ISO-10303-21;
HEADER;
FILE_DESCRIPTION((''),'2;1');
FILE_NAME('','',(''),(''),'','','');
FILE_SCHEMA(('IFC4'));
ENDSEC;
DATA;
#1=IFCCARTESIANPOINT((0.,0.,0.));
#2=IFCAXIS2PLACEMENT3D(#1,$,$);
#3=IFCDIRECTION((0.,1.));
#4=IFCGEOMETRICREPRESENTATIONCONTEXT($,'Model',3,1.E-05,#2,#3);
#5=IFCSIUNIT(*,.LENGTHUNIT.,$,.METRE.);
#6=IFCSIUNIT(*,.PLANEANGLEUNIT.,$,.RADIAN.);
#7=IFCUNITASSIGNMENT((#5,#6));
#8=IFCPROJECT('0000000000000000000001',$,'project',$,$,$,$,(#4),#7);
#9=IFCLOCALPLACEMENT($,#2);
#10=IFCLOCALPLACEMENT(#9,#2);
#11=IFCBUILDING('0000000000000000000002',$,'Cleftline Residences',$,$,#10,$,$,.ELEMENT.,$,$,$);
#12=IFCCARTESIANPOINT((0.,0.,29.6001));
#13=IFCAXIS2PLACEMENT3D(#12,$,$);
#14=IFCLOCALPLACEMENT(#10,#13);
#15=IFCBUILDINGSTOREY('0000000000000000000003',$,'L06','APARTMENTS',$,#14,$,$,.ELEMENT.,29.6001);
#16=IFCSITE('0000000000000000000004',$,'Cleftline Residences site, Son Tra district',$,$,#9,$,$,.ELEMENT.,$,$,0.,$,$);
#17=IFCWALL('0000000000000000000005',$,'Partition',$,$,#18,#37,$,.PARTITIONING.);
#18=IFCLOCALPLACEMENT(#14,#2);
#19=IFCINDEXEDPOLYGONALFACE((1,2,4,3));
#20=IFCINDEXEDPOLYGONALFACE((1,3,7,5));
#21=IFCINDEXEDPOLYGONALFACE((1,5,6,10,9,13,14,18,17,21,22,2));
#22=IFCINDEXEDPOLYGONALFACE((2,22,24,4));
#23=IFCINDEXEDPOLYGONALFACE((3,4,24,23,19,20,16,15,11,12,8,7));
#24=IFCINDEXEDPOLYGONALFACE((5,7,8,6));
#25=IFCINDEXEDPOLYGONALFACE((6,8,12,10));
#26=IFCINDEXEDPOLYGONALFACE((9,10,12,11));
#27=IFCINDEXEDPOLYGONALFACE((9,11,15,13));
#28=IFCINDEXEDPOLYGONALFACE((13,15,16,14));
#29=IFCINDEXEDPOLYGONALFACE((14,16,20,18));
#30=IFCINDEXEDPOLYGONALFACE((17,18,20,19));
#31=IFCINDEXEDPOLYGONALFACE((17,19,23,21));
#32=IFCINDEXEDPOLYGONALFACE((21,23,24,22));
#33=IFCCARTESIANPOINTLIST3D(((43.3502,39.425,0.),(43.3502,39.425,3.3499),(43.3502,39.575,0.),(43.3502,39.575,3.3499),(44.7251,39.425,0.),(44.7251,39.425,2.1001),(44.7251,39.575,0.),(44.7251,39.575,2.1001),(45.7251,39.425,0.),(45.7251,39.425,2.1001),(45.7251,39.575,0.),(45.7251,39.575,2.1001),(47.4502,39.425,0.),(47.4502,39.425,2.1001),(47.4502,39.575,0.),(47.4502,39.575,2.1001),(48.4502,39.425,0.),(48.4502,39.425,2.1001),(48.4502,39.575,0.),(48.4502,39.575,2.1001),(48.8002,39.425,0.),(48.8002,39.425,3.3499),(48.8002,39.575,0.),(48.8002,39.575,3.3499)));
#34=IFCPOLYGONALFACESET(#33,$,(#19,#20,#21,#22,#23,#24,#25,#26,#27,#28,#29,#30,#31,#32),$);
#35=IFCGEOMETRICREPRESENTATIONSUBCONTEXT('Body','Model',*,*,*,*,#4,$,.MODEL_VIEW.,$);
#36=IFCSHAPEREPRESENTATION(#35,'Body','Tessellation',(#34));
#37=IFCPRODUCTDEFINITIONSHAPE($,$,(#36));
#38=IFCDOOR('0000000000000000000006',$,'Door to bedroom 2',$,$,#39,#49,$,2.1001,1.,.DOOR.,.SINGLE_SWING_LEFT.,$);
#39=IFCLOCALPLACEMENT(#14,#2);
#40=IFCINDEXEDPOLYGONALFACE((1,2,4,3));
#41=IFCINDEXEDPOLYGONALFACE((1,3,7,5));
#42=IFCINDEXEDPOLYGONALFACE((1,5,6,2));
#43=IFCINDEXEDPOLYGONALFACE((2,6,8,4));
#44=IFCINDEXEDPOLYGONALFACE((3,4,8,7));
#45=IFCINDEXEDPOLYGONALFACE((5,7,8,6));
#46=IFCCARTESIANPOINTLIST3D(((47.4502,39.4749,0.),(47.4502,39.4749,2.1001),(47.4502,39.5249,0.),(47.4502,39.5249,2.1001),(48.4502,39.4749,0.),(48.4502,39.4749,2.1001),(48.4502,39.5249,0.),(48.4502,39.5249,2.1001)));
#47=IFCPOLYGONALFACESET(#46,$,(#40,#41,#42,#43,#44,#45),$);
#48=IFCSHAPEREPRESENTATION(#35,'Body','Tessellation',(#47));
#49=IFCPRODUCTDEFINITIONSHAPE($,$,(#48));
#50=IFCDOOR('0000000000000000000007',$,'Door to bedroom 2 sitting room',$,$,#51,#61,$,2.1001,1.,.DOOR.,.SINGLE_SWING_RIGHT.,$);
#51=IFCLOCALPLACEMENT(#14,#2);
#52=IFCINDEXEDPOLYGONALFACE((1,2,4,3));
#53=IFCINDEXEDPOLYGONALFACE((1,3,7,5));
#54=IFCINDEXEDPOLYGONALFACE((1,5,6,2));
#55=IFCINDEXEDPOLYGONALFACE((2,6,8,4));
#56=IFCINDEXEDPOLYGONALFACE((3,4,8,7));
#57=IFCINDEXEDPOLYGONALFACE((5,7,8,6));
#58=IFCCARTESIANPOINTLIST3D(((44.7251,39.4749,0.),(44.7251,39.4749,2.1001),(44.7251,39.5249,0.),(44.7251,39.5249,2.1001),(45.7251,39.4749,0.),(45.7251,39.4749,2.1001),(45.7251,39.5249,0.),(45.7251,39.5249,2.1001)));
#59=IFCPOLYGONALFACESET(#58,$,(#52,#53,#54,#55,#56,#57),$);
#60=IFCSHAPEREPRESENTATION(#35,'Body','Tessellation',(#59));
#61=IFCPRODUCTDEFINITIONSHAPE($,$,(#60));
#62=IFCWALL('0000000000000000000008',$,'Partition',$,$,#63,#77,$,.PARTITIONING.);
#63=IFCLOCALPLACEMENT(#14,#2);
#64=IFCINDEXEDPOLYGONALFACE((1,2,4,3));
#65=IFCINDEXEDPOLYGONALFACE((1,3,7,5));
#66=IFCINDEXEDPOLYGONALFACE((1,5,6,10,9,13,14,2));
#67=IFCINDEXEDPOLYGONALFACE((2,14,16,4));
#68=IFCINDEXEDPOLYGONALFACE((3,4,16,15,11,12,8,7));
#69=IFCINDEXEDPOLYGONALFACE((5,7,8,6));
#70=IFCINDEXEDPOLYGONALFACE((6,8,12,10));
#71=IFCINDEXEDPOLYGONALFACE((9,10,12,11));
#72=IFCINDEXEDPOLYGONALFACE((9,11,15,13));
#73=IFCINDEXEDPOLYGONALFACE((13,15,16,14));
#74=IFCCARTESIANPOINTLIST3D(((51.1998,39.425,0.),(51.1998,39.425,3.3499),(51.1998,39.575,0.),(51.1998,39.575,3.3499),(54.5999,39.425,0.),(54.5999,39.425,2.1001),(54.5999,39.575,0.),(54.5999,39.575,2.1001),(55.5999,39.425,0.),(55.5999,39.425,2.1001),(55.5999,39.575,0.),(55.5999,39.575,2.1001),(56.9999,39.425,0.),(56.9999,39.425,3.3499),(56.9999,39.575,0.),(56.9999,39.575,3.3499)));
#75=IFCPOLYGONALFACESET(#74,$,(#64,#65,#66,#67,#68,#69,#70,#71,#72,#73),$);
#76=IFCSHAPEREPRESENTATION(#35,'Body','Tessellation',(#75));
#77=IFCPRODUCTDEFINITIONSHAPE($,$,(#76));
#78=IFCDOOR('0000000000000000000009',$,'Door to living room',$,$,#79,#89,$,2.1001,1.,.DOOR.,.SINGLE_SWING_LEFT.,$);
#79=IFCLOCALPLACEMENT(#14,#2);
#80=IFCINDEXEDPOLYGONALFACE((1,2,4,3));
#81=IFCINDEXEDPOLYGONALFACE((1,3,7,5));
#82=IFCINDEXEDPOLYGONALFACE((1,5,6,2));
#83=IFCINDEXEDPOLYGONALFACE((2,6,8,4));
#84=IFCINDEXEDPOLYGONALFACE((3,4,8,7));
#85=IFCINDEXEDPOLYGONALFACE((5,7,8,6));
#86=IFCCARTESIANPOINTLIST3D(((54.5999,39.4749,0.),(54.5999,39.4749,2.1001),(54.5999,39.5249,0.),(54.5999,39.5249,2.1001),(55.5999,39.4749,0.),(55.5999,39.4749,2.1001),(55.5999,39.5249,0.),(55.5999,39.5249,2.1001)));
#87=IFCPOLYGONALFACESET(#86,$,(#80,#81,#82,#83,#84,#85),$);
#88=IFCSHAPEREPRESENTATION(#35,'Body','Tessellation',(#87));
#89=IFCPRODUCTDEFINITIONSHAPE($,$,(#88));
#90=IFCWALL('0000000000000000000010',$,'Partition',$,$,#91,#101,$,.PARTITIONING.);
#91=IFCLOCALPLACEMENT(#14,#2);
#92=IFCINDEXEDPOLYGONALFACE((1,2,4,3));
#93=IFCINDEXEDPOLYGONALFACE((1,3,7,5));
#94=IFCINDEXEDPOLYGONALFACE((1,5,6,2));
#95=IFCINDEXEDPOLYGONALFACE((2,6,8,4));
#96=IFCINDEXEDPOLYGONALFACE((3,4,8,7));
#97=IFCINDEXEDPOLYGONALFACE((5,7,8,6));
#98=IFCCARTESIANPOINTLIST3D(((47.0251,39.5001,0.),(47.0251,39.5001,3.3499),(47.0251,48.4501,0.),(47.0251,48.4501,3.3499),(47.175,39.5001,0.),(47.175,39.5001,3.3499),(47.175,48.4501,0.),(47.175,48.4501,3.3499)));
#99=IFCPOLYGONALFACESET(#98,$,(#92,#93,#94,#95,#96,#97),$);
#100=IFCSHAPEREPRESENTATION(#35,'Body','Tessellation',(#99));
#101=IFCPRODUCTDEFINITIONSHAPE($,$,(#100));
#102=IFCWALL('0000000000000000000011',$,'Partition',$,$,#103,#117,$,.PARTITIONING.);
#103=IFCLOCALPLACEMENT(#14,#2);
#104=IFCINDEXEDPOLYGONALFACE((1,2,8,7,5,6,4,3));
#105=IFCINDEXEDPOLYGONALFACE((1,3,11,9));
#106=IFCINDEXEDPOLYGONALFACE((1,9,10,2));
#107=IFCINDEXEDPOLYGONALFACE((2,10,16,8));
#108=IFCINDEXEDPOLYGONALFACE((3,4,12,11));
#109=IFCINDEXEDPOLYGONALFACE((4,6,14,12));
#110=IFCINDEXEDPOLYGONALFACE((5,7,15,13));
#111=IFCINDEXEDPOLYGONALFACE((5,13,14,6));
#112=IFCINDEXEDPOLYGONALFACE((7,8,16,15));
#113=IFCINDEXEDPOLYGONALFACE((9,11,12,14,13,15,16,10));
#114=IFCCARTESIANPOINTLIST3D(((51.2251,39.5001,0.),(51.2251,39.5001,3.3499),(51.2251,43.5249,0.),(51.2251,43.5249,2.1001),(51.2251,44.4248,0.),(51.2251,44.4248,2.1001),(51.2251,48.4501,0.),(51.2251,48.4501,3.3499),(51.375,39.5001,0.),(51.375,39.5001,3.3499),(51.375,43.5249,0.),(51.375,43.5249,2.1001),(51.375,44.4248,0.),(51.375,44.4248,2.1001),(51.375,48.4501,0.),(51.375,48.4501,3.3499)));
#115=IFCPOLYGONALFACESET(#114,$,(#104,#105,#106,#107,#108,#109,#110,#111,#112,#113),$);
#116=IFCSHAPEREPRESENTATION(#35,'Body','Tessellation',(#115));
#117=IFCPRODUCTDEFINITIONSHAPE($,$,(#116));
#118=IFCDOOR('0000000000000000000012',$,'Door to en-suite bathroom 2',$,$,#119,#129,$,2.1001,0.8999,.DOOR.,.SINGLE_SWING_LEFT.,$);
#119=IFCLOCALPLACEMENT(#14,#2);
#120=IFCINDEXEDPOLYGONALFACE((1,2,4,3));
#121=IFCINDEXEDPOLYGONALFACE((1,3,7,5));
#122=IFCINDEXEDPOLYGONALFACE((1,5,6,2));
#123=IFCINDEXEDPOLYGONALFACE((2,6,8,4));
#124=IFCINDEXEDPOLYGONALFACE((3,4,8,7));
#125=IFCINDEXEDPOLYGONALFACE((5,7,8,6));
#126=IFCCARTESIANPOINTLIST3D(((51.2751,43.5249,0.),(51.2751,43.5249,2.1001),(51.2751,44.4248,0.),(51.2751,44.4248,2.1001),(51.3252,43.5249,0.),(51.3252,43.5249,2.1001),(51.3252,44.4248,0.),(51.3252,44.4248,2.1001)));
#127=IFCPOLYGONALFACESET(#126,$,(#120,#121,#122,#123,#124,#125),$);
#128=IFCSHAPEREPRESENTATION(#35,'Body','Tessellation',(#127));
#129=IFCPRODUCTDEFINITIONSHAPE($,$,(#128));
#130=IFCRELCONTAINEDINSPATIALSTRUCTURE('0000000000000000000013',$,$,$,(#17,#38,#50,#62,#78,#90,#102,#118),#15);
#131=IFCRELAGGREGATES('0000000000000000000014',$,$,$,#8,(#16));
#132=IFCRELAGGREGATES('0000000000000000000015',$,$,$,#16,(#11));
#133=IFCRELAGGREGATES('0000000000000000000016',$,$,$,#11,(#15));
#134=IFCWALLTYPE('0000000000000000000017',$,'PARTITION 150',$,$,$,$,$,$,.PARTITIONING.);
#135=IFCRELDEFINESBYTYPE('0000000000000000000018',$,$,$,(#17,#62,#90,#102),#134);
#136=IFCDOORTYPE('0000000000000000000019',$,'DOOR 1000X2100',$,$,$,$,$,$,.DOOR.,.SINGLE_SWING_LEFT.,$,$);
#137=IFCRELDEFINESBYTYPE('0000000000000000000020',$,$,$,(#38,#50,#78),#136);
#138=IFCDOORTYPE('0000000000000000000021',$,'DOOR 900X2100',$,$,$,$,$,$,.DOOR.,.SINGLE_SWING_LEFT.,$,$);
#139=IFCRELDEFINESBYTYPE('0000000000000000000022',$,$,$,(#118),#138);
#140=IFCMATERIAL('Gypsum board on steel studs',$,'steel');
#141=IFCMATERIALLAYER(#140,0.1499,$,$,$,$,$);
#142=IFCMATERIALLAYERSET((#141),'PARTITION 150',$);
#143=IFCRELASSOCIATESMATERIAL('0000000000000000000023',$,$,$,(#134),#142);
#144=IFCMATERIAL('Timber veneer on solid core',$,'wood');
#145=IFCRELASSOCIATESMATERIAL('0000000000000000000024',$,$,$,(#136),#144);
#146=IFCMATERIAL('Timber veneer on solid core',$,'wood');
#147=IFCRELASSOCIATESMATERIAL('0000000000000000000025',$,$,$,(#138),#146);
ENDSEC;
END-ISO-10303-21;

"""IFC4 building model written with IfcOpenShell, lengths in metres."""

from ifc_helpers import new_model, si_unit, direction, frame, frame_2d, origin, place, context, subcontext, project, spatial, rectangle, extrude, material, layer, layer_set, type_object, element, fill, save


model = new_model("IFC4")

# Units and contexts
model_context = context("Model", 3, precision=1e-05, world=origin(), true_north=direction((0.0, 1.0)))
body_context = subcontext(model_context, "Body", "Model", "MODEL_VIEW")
ifc_project = project(units=[si_unit("LENGTHUNIT", "METRE"), si_unit("PLANEANGLEUNIT", "RADIAN")], contexts=[model_context])

# Site, building, storey
site_placement = place(None, origin())
site = spatial("IfcSite", under=ifc_project, at=site_placement, Name="Cleftline Residences site, Son Tra district", CompositionType="ELEMENT", RefElevation=0.0)
building_placement = place(site_placement, origin())
building = spatial("IfcBuilding", under=site, at=building_placement, Name="Cleftline Residences", CompositionType="ELEMENT")
storey_placement = place(building_placement, frame((0.0, 0.0, 29.6001)))
storey = spatial("IfcBuildingStorey", under=building, at=storey_placement, Name="L06", Description="APARTMENTS", CompositionType="ELEMENT", Elevation=29.6001)

# Shared definitions
ifc_material_1 = material(Name="Gypsum board on steel studs", Category="steel")
ifc_layer_1 = layer(ifc_material_1, 0.1499)
ifc_layer_set_1 = layer_set([ifc_layer_1], Name="PARTITION 150")
wall_type = type_object("IfcWallType", Name="PARTITION 150", PredefinedType="PARTITIONING", material=ifc_layer_set_1)

# Wall, openings, doors
wall_1_placement = place(storey_placement, frame((43.3501, 39.5, 0.0), z_axis=(0.0, 0.0, 1.0), x_axis=(1.0, 0.0, 0.0)))
wall_1 = element("IfcWall", 1, at=wall_1_placement, inside=storey, type_object=wall_type, Name="Partition", PredefinedType="PARTITIONING", context=body_context, shape_type="SweptSolid", body=[
    extrude(rectangle(XDim=5.45, YDim=0.1499, at=frame_2d((2.7251, 0.0))), origin(), (0.0, 0.0, 1.0), 3.3499),
])
opening_1_placement = place(wall_1_placement, frame((4.1001, 0.0, 0.0)))
opening_1 = element("IfcOpeningElement", 2, at=opening_1_placement, cuts=wall_1, PredefinedType="OPENING", context=body_context, shape_type="SweptSolid", body=[
    extrude(rectangle(XDim=1.0, YDim=2.1001, at=frame_2d((0.5, 1.05))), frame((0.0, 0.085, 0.0), z_axis=(0.0, -1.0, 0.0), x_axis=(1.0, 0.0, 0.0)), (0.0, 0.0, 1.0), 0.1699),
])
opening_2_placement = place(wall_1_placement, frame((1.375, 0.0, 0.0)))
opening_2 = element("IfcOpeningElement", 3, at=opening_2_placement, cuts=wall_1, PredefinedType="OPENING", context=body_context, shape_type="SweptSolid", body=[
    extrude(rectangle(XDim=1.0, YDim=2.1001, at=frame_2d((0.5, 1.05))), frame((0.0, 0.085, 0.0), z_axis=(0.0, -1.0, 0.0), x_axis=(1.0, 0.0, 0.0)), (0.0, 0.0, 1.0), 0.1699),
])
ifc_material_2 = material(Name="Timber veneer on solid core", Category="wood")
door_type_1 = type_object("IfcDoorType", Name="DOOR 1000X2100", OperationType="SINGLE_SWING_LEFT", PredefinedType="DOOR", material=ifc_material_2)
door_1_placement = place(opening_1_placement, origin())
door_1 = element("IfcDoor", 4, at=door_1_placement, inside=storey, type_object=door_type_1, Name="Door to bedroom 2", OperationType="SINGLE_SWING_LEFT", OverallHeight=2.1001, OverallWidth=1.0, PredefinedType="DOOR", context=body_context, shape_type="SweptSolid", body=[
    extrude(rectangle(XDim=1.0, YDim=2.1001, at=frame_2d((0.5, 1.05))), frame((0.0, 0.0249, 0.0), z_axis=(0.0, -1.0, 0.0), x_axis=(1.0, 0.0, 0.0)), (0.0, 0.0, 1.0), 0.05),
])
fill(opening_1, door_1)
door_2_placement = place(opening_2_placement, origin())
door_2 = element("IfcDoor", 5, at=door_2_placement, inside=storey, type_object=door_type_1, Name="Door to bedroom 2 sitting room", OperationType="SINGLE_SWING_RIGHT", OverallHeight=2.1001, OverallWidth=1.0, PredefinedType="DOOR", context=body_context, shape_type="SweptSolid", body=[
    extrude(rectangle(XDim=1.0, YDim=2.1001, at=frame_2d((0.5, 1.05))), frame((0.0, 0.0249, 0.0), z_axis=(0.0, -1.0, 0.0), x_axis=(1.0, 0.0, 0.0)), (0.0, 0.0, 1.0), 0.05),
])
fill(opening_2, door_2)

# Wall, opening, door
wall_2_placement = place(storey_placement, frame((51.2, 39.5, 0.0), z_axis=(0.0, 0.0, 1.0), x_axis=(1.0, 0.0, 0.0)))
wall_2 = element("IfcWall", 6, at=wall_2_placement, inside=storey, type_object=wall_type, Name="Partition", PredefinedType="PARTITIONING", context=body_context, shape_type="SweptSolid", body=[
    extrude(rectangle(XDim=5.8, YDim=0.1499, at=frame_2d((2.8999, 0.0))), origin(), (0.0, 0.0, 1.0), 3.3499),
])
opening_3_placement = place(wall_2_placement, frame((3.3999, 0.0, 0.0)))
opening_3 = element("IfcOpeningElement", 7, at=opening_3_placement, cuts=wall_2, PredefinedType="OPENING", context=body_context, shape_type="SweptSolid", body=[
    extrude(rectangle(XDim=1.0, YDim=2.1001, at=frame_2d((0.5, 1.05))), frame((0.0, 0.085, 0.0), z_axis=(0.0, -1.0, 0.0), x_axis=(1.0, 0.0, 0.0)), (0.0, 0.0, 1.0), 0.1699),
])
door_3_placement = place(opening_3_placement, origin())
door_3 = element("IfcDoor", 8, at=door_3_placement, inside=storey, type_object=door_type_1, Name="Door to living room", OperationType="SINGLE_SWING_LEFT", OverallHeight=2.1001, OverallWidth=1.0, PredefinedType="DOOR", context=body_context, shape_type="SweptSolid", body=[
    extrude(rectangle(XDim=1.0, YDim=2.1001, at=frame_2d((0.5, 1.05))), frame((0.0, 0.0249, 0.0), z_axis=(0.0, -1.0, 0.0), x_axis=(1.0, 0.0, 0.0)), (0.0, 0.0, 1.0), 0.05),
])
fill(opening_3, door_3)

# Wall
wall_3_placement = place(storey_placement, frame((47.1001, 39.5, 0.0), z_axis=(0.0, 0.0, 1.0), x_axis=(0.0, 1.0, 0.0)))
element("IfcWall", 9, at=wall_3_placement, inside=storey, type_object=wall_type, Name="Partition", PredefinedType="PARTITIONING", context=body_context, shape_type="SweptSolid", body=[
    extrude(rectangle(XDim=8.95, YDim=0.1499, at=frame_2d((4.4751, 0.0))), origin(), (0.0, 0.0, 1.0), 3.3499),
])

# Wall, opening, door
wall_4_placement = place(storey_placement, frame((51.3, 39.5, 0.0), z_axis=(0.0, 0.0, 1.0), x_axis=(0.0, 1.0, 0.0)))
wall_4 = element("IfcWall", 10, at=wall_4_placement, inside=storey, type_object=wall_type, Name="Partition", PredefinedType="PARTITIONING", context=body_context, shape_type="SweptSolid", body=[
    extrude(rectangle(XDim=8.95, YDim=0.1499, at=frame_2d((4.4751, 0.0))), origin(), (0.0, 0.0, 1.0), 3.3499),
])
opening_4_placement = place(wall_4_placement, frame((4.0249, 0.0, 0.0)))
opening_4 = element("IfcOpeningElement", 11, at=opening_4_placement, cuts=wall_4, PredefinedType="OPENING", context=body_context, shape_type="SweptSolid", body=[
    extrude(rectangle(XDim=0.8999, YDim=2.1001, at=frame_2d((0.45, 1.05))), frame((0.0, 0.085, 0.0), z_axis=(0.0, -1.0, 0.0), x_axis=(1.0, 0.0, 0.0)), (0.0, 0.0, 1.0), 0.1699),
])
ifc_material_3 = material(Name="Timber veneer on solid core", Category="wood")
door_type_2 = type_object("IfcDoorType", Name="DOOR 900X2100", OperationType="SINGLE_SWING_LEFT", PredefinedType="DOOR", material=ifc_material_3)
door_4_placement = place(opening_4_placement, origin())
door_4 = element("IfcDoor", 12, at=door_4_placement, inside=storey, type_object=door_type_2, Name="Door to en-suite bathroom 2", OperationType="SINGLE_SWING_LEFT", OverallHeight=2.1001, OverallWidth=0.8999, PredefinedType="DOOR", context=body_context, shape_type="SweptSolid", body=[
    extrude(rectangle(XDim=0.8999, YDim=2.1001, at=frame_2d((0.45, 1.05))), frame((0.0, 0.0249, 0.0), z_axis=(0.0, -1.0, 0.0), x_axis=(1.0, 0.0, 0.0)), (0.0, 0.0, 1.0), 0.05),
])
fill(opening_4, door_4)

save(model, "model.ifc")
